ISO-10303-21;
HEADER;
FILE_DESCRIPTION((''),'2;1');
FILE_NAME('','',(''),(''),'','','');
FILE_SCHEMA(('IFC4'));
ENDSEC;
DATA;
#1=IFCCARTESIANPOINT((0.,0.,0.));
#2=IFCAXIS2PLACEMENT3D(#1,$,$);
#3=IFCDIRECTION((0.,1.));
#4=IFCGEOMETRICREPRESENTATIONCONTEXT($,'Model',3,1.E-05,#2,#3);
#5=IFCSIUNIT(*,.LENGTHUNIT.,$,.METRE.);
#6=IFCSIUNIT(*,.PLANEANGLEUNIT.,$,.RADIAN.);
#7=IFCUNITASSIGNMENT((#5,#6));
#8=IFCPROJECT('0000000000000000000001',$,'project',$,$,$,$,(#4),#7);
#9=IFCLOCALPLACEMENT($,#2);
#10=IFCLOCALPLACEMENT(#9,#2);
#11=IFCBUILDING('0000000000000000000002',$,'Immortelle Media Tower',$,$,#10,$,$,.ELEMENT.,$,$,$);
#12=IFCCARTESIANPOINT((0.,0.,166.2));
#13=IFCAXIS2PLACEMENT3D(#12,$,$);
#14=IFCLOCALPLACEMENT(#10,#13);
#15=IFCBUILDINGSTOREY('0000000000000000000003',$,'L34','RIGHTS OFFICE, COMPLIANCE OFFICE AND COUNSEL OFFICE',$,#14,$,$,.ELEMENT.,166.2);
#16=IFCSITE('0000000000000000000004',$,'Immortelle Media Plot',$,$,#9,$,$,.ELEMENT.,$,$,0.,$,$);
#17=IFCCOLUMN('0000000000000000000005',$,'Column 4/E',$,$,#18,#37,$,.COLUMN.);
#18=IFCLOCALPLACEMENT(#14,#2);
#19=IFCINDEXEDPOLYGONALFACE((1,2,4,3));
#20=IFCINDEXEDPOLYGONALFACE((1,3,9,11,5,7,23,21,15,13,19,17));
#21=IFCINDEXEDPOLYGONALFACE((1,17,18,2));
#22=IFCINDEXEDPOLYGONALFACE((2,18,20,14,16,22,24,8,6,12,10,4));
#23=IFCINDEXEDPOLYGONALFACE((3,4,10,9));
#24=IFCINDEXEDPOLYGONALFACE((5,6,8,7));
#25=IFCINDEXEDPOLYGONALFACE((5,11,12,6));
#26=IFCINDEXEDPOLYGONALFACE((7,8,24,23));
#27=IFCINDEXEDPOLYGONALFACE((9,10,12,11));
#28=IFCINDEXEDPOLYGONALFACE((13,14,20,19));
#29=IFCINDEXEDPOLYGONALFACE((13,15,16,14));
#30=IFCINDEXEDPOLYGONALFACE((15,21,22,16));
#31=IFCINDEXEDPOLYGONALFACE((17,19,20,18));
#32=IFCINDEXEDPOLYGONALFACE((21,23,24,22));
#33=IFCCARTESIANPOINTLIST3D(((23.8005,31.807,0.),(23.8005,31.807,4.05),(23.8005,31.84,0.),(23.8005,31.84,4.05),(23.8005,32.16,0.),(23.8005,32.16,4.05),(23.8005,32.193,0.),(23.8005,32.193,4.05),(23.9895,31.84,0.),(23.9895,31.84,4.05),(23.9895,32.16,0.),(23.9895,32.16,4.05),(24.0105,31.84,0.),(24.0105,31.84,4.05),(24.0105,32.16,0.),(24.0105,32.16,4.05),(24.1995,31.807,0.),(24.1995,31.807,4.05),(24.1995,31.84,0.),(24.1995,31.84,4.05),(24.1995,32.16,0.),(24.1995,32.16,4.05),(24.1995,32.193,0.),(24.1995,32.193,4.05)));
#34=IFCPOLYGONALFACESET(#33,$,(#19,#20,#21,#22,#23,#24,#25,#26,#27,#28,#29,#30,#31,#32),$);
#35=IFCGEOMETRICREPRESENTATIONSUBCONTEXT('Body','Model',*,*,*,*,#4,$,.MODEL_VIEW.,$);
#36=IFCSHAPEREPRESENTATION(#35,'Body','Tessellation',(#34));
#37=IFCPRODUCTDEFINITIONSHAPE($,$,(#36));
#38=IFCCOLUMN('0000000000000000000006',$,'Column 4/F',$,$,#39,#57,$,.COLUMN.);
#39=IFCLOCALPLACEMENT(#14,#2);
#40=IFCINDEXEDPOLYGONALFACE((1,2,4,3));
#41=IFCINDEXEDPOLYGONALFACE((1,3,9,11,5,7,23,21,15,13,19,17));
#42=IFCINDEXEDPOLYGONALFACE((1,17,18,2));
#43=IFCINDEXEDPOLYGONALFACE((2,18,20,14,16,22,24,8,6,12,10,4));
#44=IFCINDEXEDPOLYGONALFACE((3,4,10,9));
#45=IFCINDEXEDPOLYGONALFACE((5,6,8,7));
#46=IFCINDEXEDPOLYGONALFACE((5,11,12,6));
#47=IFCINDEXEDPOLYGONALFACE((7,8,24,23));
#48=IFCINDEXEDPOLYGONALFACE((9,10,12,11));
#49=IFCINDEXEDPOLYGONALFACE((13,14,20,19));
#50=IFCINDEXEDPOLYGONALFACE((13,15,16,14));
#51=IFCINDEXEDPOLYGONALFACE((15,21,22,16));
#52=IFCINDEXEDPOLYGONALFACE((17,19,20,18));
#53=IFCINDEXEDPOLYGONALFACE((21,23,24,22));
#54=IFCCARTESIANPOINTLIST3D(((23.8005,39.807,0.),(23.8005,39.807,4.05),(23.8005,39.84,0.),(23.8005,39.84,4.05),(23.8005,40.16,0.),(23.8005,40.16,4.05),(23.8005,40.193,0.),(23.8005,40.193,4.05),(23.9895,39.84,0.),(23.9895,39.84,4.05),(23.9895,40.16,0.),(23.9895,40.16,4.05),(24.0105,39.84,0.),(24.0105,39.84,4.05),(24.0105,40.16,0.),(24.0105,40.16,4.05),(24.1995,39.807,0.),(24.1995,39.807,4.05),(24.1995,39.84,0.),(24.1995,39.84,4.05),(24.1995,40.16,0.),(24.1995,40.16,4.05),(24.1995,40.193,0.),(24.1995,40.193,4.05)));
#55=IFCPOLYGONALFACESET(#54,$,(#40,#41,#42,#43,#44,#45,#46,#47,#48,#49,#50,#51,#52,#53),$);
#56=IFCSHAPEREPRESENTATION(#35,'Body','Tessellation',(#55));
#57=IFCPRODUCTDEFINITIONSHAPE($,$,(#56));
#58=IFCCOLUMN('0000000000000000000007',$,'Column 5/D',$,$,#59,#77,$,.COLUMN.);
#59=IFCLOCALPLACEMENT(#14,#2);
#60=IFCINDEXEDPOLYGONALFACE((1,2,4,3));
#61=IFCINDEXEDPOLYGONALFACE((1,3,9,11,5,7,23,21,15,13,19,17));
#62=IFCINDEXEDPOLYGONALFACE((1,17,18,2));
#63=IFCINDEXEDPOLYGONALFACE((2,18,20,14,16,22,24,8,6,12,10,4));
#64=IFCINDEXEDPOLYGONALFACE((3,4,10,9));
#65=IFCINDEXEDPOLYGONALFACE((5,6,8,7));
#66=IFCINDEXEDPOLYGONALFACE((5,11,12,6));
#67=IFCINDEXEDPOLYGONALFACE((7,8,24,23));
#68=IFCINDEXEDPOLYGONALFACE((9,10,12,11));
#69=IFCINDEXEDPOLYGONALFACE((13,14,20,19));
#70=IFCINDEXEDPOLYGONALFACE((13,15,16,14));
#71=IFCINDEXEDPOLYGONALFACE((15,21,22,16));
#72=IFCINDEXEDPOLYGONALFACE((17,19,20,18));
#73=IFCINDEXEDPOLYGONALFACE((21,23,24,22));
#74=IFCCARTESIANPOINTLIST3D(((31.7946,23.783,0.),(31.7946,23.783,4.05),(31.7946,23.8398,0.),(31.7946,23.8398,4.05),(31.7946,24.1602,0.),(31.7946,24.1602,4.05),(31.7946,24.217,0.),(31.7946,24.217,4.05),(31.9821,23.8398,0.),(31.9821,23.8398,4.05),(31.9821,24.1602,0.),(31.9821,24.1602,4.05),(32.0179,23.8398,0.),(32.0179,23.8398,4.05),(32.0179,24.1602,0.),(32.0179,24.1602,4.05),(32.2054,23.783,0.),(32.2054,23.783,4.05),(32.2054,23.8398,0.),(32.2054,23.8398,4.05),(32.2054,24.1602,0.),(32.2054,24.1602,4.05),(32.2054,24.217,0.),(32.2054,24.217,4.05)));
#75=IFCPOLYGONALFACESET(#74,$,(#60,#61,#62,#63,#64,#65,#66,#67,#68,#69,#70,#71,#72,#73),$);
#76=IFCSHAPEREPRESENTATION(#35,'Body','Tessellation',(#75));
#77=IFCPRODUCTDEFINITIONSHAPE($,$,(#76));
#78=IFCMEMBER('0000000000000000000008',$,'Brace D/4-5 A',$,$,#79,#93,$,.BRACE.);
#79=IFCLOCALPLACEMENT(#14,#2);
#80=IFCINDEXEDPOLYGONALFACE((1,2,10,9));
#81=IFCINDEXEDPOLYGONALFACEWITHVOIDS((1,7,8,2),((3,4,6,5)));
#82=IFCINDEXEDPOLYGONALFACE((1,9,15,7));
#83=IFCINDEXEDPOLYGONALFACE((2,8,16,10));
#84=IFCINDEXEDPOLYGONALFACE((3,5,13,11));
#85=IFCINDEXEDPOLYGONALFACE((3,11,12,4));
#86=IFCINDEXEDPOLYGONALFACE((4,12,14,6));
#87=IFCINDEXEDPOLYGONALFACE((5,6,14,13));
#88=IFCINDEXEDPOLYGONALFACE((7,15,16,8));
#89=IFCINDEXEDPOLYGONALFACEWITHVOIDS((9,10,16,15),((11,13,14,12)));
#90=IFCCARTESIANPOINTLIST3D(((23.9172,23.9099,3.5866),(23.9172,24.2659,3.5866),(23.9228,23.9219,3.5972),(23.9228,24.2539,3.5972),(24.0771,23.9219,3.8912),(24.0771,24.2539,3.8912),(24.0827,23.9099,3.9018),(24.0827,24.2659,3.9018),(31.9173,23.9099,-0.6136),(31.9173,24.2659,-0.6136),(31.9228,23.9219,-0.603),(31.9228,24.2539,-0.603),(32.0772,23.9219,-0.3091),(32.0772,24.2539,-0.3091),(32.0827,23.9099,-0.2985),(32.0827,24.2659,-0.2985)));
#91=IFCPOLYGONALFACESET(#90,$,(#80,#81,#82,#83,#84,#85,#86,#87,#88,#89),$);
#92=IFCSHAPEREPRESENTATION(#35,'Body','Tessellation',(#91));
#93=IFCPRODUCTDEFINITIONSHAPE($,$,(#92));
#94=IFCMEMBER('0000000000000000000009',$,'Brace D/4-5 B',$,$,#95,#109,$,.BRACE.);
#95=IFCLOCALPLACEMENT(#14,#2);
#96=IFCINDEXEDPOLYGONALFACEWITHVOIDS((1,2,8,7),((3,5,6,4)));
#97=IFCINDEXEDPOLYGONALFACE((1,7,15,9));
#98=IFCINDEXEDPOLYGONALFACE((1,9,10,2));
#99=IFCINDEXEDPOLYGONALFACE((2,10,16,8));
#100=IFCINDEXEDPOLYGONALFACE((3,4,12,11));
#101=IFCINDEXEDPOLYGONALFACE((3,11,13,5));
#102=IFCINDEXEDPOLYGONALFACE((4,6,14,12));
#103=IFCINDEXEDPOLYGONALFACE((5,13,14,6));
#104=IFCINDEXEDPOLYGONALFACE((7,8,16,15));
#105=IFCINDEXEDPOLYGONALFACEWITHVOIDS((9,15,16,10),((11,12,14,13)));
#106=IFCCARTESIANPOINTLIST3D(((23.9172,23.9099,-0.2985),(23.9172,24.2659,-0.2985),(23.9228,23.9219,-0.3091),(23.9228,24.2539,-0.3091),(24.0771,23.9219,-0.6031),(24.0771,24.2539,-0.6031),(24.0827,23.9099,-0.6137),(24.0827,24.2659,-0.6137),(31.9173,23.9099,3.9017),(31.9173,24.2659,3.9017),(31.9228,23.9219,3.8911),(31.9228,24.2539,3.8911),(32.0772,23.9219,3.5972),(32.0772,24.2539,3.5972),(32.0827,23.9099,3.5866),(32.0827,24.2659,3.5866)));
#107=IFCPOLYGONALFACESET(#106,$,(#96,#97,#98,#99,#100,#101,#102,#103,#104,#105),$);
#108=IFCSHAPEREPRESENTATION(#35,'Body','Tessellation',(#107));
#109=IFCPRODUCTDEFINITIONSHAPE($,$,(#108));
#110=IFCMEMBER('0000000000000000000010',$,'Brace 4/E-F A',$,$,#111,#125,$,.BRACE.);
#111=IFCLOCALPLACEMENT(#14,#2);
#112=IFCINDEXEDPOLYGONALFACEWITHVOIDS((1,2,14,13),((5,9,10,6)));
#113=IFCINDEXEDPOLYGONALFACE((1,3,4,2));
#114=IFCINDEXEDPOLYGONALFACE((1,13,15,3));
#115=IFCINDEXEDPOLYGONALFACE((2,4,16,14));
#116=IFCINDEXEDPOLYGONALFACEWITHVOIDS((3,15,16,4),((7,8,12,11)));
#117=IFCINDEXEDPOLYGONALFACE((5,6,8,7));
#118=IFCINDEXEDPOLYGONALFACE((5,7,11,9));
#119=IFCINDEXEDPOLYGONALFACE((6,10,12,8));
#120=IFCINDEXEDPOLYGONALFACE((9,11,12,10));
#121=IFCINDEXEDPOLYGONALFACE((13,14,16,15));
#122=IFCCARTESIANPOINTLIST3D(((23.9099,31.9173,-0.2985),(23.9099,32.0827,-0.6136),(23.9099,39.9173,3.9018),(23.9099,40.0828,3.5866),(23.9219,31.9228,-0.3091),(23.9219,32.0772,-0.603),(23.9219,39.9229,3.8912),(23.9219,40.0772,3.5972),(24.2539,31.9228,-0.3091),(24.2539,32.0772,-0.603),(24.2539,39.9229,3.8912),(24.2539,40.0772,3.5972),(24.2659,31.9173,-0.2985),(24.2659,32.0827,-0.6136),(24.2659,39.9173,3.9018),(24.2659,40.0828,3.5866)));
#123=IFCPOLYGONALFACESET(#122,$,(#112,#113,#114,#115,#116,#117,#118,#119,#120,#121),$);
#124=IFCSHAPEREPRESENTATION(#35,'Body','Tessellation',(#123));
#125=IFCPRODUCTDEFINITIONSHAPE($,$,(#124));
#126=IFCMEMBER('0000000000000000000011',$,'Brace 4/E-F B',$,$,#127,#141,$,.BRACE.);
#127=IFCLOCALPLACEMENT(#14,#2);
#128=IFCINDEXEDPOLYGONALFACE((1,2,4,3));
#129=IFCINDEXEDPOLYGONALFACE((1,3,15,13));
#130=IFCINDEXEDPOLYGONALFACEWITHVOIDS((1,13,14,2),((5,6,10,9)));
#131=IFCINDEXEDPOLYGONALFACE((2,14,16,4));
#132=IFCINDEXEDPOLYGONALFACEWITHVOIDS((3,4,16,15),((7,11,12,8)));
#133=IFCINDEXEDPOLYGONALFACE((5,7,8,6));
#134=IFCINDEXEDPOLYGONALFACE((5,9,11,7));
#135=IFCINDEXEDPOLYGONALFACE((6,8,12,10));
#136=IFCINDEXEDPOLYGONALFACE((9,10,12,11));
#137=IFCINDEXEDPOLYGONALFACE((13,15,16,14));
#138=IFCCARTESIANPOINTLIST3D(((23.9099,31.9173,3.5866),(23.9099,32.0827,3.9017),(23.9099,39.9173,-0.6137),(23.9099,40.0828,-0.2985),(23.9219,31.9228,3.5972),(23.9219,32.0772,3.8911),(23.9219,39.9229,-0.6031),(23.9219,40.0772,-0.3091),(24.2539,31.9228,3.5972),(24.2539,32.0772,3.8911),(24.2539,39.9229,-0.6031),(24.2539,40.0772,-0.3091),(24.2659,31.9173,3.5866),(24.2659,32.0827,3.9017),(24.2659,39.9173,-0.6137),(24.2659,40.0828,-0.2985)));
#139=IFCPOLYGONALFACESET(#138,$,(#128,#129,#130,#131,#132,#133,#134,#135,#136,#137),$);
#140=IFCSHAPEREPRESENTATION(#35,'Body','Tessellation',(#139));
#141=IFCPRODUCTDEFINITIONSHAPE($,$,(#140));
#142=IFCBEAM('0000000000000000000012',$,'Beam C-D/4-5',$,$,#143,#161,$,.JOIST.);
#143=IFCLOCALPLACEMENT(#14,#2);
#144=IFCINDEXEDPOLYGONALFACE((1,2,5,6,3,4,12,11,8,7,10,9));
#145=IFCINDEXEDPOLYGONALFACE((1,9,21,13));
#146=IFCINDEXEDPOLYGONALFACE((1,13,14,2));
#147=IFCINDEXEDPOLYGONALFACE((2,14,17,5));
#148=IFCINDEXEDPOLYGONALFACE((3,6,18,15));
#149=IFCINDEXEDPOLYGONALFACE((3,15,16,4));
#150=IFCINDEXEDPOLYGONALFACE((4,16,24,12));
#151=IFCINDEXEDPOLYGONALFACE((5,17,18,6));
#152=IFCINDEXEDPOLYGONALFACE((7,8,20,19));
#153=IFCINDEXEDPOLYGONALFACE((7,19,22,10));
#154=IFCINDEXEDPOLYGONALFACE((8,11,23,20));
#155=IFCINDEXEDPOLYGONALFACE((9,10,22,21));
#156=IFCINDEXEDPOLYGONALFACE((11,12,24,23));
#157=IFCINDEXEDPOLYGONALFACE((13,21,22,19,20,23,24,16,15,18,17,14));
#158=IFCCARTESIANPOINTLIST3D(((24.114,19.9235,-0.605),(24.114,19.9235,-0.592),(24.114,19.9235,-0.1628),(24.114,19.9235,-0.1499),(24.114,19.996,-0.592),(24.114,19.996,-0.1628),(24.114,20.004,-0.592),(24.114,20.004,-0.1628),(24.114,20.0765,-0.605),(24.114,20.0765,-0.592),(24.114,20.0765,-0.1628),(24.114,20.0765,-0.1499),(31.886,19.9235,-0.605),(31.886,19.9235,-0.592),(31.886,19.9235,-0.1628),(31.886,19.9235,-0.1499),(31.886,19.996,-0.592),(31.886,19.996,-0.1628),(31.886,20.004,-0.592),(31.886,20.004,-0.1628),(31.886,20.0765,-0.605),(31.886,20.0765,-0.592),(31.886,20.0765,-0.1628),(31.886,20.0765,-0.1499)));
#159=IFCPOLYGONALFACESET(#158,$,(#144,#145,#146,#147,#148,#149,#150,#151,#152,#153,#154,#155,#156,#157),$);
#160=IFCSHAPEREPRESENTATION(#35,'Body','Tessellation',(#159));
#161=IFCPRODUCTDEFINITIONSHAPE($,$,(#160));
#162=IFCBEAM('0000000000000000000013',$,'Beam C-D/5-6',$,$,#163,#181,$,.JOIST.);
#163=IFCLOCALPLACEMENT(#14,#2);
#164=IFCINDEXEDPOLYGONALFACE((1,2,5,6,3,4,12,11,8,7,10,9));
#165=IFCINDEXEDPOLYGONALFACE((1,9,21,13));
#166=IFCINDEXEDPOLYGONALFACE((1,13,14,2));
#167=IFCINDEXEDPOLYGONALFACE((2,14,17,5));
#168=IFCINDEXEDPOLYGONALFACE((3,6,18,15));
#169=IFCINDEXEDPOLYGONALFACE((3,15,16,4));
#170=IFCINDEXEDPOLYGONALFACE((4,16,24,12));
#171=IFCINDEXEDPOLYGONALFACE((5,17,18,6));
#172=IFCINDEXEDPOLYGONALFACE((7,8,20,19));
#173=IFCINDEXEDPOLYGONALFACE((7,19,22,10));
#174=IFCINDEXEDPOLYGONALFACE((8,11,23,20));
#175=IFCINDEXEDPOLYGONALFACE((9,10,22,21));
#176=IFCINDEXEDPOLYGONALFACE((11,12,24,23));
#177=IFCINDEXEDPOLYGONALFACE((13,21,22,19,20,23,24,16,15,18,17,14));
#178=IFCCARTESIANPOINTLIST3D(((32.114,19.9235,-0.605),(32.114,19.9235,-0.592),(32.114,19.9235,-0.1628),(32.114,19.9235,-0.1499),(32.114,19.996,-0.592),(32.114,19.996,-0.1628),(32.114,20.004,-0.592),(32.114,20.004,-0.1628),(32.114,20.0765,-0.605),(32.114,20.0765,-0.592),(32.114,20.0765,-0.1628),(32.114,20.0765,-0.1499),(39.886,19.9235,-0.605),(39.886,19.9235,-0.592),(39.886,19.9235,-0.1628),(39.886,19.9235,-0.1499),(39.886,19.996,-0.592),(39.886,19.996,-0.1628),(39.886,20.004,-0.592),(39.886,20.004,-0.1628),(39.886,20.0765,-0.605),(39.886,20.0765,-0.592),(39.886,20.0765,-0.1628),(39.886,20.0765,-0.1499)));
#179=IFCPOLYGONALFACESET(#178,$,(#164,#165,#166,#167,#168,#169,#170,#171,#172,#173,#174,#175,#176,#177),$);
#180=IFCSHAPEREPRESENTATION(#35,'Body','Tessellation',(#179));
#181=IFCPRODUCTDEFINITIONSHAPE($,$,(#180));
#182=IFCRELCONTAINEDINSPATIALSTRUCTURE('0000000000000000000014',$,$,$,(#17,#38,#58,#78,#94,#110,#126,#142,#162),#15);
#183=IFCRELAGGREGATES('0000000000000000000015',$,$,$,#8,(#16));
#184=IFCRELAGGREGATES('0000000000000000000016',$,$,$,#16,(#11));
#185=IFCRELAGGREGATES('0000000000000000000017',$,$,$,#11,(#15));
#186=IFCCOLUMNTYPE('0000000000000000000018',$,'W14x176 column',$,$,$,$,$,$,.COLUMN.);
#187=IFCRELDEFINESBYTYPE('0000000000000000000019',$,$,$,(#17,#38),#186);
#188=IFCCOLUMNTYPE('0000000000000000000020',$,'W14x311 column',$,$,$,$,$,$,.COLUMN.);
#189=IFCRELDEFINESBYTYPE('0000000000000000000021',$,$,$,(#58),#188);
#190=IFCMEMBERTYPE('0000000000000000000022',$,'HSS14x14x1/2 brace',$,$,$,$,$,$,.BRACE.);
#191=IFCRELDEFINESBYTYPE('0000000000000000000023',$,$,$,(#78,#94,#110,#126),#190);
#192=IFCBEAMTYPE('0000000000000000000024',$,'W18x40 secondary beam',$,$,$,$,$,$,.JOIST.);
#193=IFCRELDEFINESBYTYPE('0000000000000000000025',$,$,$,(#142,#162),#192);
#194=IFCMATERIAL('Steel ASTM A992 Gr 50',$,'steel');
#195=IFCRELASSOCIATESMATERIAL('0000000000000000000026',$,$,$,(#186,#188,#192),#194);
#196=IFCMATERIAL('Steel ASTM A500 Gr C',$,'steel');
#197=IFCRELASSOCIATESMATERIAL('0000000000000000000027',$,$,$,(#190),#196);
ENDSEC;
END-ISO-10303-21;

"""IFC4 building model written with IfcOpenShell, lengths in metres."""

from ifc_helpers import new_model, si_unit, direction, frame, origin, origin_2d, place, context, subcontext, project, spatial, hollow_rectangle, i_section, extrude, material, material_profile, profile_set, type_object, element, save


model = new_model("IFC4")

# Units and contexts
model_context = context("Model", 3, precision=1e-05, world=origin(), true_north=direction((0.0, 1.0)))
body_context = subcontext(model_context, "Body", "Model", "MODEL_VIEW")
ifc_project = project(units=[si_unit("LENGTHUNIT", "METRE"), si_unit("PLANEANGLEUNIT", "RADIAN")], contexts=[model_context])

# Site, building, storey
site_placement = place(None, origin())
site = spatial("IfcSite", under=ifc_project, at=site_placement, Name="Immortelle Media Plot", CompositionType="ELEMENT", RefElevation=0.0)
building_placement = place(site_placement, origin())
building = spatial("IfcBuilding", under=site, at=building_placement, Name="Immortelle Media Tower", CompositionType="ELEMENT")
storey_placement = place(building_placement, frame((0.0, 0.0, 166.2)))
storey = spatial("IfcBuildingStorey", under=building, at=storey_placement, Name="L34", Description="RIGHTS OFFICE, COMPLIANCE OFFICE AND COUNSEL OFFICE", CompositionType="ELEMENT", Elevation=166.2)

# Columns
ifc_material_1 = material(Name="Steel ASTM A992 Gr 50", Category="steel")
ifc_material_profile_1 = material_profile(ifc_material_1, i_section(OverallWidth=0.3989, OverallDepth=0.386, WebThickness=0.021, FlangeThickness=0.033, at=origin_2d()), Name="W14x176")
ifc_profile_set_1 = profile_set([ifc_material_profile_1], Name="Steel ASTM A992 Gr 50")
column_type_1 = type_object("IfcColumnType", Name="W14x176 column", PredefinedType="COLUMN", material=ifc_profile_set_1)
for number, where, z_axis, x_axis, name in (
    (1, (24.0, 32.0, 0.0), (0.0, 0.0, 1.0), (1.0, 0.0, 0.0), "Column 4/E"),
    (2, (24.0, 40.0, 0.0), (0.0, 0.0, 1.0), (1.0, 0.0, 0.0), "Column 4/F"),
):
    element("IfcColumn", number, at=place(storey_placement, frame(where, z_axis=z_axis, x_axis=x_axis)), inside=storey, type_object=column_type_1, Name=name, PredefinedType="COLUMN", context=body_context, shape_type="SweptSolid", body=[
        extrude(i_section(OverallWidth=0.3989, OverallDepth=0.386, WebThickness=0.021, FlangeThickness=0.033, at=origin_2d()), origin(), (0.0, 0.0, 1.0), 4.05),
    ])
ifc_material_profile_2 = material_profile(ifc_material_1, i_section(OverallWidth=0.4109, OverallDepth=0.4341, WebThickness=0.0359, FlangeThickness=0.0569, at=origin_2d()), Name="W14x311")
ifc_profile_set_2 = profile_set([ifc_material_profile_2], Name="Steel ASTM A992 Gr 50")
column_type_2 = type_object("IfcColumnType", Name="W14x311 column", PredefinedType="COLUMN", material=ifc_profile_set_2)
column_placement = place(storey_placement, frame((32.0, 24.0, 0.0), z_axis=(0.0, 0.0, 1.0), x_axis=(1.0, 0.0, 0.0)))
element("IfcColumn", 3, at=column_placement, inside=storey, type_object=column_type_2, Name="Column 5/D", PredefinedType="COLUMN", context=body_context, shape_type="SweptSolid", body=[
    extrude(i_section(OverallWidth=0.4109, OverallDepth=0.4341, WebThickness=0.0359, FlangeThickness=0.0569, at=origin_2d()), origin(), (0.0, 0.0, 1.0), 4.05),
])

# Members
ifc_material_2 = material(Name="Steel ASTM A500 Gr C", Category="steel")
ifc_material_profile_3 = material_profile(ifc_material_2, hollow_rectangle(XDim=0.356, YDim=0.356, WallThickness=0.012, at=origin_2d()), Name="HSS14x14x1/2 brace")
ifc_profile_set_3 = profile_set([ifc_material_profile_3], Name="Steel ASTM A500 Gr C")
member_type = type_object("IfcMemberType", Name="HSS14x14x1/2 brace", PredefinedType="BRACE", material=ifc_profile_set_3)
for number, where, z_axis, x_axis, name in (
    (4, (32.0, 24.0879, -0.4561), (-0.885389, 0.0, 0.464851), (0.0, -1.0, 0.0), "Brace D/4-5 A"),
    (5, (32.0, 24.0879, 3.7441), (-0.885389, 0.0, -0.464851), (0.0, -1.0, 0.0), "Brace D/4-5 B"),
    (6, (24.0879, 32.0, -0.4561), (0.0, 0.885389, 0.464851), (-1.0, 0.0, 0.0), "Brace 4/E-F A"),
    (7, (24.0879, 32.0, 3.7441), (0.0, 0.885389, -0.464851), (-1.0, 0.0, 0.0), "Brace 4/E-F B"),
):
    element("IfcMember", number, at=place(storey_placement, frame(where, z_axis=z_axis, x_axis=x_axis)), inside=storey, type_object=member_type, Name=name, PredefinedType="BRACE", context=body_context, shape_type="SweptSolid", body=[
        extrude(hollow_rectangle(XDim=0.356, YDim=0.356, WallThickness=0.012, at=origin_2d()), origin(), (0.0, 0.0, 1.0), 9.0356),
    ])

# Beams
ifc_material_profile_4 = material_profile(ifc_material_1, i_section(OverallWidth=0.1531, OverallDepth=0.4551, WebThickness=0.0081, FlangeThickness=0.0129, at=origin_2d()), Name="W18x40")
ifc_profile_set_4 = profile_set([ifc_material_profile_4], Name="Steel ASTM A992 Gr 50")
beam_type_1 = type_object("IfcBeamType", Name="W18x40 secondary beam", PredefinedType="JOIST", material=ifc_profile_set_4)
for number, where, z_axis, x_axis, name in (
    (8, (24.114, 20.0, -0.3774), (1.0, 0.0, 0.0), (0.0, 1.0, 0.0), "Beam C-D/4-5"),
    (9, (32.114, 20.0, -0.3774), (1.0, 0.0, 0.0), (0.0, 1.0, 0.0), "Beam C-D/5-6"),
):
    element("IfcBeam", number, at=place(storey_placement, frame(where, z_axis=z_axis, x_axis=x_axis)), inside=storey, type_object=beam_type_1, Name=name, PredefinedType="JOIST", context=body_context, shape_type="SweptSolid", body=[
        extrude(i_section(OverallWidth=0.1531, OverallDepth=0.4551, WebThickness=0.0081, FlangeThickness=0.0129, at=origin_2d()), origin(), (0.0, 0.0, 1.0), 7.772),
    ])

save(model, "model.ifc")
